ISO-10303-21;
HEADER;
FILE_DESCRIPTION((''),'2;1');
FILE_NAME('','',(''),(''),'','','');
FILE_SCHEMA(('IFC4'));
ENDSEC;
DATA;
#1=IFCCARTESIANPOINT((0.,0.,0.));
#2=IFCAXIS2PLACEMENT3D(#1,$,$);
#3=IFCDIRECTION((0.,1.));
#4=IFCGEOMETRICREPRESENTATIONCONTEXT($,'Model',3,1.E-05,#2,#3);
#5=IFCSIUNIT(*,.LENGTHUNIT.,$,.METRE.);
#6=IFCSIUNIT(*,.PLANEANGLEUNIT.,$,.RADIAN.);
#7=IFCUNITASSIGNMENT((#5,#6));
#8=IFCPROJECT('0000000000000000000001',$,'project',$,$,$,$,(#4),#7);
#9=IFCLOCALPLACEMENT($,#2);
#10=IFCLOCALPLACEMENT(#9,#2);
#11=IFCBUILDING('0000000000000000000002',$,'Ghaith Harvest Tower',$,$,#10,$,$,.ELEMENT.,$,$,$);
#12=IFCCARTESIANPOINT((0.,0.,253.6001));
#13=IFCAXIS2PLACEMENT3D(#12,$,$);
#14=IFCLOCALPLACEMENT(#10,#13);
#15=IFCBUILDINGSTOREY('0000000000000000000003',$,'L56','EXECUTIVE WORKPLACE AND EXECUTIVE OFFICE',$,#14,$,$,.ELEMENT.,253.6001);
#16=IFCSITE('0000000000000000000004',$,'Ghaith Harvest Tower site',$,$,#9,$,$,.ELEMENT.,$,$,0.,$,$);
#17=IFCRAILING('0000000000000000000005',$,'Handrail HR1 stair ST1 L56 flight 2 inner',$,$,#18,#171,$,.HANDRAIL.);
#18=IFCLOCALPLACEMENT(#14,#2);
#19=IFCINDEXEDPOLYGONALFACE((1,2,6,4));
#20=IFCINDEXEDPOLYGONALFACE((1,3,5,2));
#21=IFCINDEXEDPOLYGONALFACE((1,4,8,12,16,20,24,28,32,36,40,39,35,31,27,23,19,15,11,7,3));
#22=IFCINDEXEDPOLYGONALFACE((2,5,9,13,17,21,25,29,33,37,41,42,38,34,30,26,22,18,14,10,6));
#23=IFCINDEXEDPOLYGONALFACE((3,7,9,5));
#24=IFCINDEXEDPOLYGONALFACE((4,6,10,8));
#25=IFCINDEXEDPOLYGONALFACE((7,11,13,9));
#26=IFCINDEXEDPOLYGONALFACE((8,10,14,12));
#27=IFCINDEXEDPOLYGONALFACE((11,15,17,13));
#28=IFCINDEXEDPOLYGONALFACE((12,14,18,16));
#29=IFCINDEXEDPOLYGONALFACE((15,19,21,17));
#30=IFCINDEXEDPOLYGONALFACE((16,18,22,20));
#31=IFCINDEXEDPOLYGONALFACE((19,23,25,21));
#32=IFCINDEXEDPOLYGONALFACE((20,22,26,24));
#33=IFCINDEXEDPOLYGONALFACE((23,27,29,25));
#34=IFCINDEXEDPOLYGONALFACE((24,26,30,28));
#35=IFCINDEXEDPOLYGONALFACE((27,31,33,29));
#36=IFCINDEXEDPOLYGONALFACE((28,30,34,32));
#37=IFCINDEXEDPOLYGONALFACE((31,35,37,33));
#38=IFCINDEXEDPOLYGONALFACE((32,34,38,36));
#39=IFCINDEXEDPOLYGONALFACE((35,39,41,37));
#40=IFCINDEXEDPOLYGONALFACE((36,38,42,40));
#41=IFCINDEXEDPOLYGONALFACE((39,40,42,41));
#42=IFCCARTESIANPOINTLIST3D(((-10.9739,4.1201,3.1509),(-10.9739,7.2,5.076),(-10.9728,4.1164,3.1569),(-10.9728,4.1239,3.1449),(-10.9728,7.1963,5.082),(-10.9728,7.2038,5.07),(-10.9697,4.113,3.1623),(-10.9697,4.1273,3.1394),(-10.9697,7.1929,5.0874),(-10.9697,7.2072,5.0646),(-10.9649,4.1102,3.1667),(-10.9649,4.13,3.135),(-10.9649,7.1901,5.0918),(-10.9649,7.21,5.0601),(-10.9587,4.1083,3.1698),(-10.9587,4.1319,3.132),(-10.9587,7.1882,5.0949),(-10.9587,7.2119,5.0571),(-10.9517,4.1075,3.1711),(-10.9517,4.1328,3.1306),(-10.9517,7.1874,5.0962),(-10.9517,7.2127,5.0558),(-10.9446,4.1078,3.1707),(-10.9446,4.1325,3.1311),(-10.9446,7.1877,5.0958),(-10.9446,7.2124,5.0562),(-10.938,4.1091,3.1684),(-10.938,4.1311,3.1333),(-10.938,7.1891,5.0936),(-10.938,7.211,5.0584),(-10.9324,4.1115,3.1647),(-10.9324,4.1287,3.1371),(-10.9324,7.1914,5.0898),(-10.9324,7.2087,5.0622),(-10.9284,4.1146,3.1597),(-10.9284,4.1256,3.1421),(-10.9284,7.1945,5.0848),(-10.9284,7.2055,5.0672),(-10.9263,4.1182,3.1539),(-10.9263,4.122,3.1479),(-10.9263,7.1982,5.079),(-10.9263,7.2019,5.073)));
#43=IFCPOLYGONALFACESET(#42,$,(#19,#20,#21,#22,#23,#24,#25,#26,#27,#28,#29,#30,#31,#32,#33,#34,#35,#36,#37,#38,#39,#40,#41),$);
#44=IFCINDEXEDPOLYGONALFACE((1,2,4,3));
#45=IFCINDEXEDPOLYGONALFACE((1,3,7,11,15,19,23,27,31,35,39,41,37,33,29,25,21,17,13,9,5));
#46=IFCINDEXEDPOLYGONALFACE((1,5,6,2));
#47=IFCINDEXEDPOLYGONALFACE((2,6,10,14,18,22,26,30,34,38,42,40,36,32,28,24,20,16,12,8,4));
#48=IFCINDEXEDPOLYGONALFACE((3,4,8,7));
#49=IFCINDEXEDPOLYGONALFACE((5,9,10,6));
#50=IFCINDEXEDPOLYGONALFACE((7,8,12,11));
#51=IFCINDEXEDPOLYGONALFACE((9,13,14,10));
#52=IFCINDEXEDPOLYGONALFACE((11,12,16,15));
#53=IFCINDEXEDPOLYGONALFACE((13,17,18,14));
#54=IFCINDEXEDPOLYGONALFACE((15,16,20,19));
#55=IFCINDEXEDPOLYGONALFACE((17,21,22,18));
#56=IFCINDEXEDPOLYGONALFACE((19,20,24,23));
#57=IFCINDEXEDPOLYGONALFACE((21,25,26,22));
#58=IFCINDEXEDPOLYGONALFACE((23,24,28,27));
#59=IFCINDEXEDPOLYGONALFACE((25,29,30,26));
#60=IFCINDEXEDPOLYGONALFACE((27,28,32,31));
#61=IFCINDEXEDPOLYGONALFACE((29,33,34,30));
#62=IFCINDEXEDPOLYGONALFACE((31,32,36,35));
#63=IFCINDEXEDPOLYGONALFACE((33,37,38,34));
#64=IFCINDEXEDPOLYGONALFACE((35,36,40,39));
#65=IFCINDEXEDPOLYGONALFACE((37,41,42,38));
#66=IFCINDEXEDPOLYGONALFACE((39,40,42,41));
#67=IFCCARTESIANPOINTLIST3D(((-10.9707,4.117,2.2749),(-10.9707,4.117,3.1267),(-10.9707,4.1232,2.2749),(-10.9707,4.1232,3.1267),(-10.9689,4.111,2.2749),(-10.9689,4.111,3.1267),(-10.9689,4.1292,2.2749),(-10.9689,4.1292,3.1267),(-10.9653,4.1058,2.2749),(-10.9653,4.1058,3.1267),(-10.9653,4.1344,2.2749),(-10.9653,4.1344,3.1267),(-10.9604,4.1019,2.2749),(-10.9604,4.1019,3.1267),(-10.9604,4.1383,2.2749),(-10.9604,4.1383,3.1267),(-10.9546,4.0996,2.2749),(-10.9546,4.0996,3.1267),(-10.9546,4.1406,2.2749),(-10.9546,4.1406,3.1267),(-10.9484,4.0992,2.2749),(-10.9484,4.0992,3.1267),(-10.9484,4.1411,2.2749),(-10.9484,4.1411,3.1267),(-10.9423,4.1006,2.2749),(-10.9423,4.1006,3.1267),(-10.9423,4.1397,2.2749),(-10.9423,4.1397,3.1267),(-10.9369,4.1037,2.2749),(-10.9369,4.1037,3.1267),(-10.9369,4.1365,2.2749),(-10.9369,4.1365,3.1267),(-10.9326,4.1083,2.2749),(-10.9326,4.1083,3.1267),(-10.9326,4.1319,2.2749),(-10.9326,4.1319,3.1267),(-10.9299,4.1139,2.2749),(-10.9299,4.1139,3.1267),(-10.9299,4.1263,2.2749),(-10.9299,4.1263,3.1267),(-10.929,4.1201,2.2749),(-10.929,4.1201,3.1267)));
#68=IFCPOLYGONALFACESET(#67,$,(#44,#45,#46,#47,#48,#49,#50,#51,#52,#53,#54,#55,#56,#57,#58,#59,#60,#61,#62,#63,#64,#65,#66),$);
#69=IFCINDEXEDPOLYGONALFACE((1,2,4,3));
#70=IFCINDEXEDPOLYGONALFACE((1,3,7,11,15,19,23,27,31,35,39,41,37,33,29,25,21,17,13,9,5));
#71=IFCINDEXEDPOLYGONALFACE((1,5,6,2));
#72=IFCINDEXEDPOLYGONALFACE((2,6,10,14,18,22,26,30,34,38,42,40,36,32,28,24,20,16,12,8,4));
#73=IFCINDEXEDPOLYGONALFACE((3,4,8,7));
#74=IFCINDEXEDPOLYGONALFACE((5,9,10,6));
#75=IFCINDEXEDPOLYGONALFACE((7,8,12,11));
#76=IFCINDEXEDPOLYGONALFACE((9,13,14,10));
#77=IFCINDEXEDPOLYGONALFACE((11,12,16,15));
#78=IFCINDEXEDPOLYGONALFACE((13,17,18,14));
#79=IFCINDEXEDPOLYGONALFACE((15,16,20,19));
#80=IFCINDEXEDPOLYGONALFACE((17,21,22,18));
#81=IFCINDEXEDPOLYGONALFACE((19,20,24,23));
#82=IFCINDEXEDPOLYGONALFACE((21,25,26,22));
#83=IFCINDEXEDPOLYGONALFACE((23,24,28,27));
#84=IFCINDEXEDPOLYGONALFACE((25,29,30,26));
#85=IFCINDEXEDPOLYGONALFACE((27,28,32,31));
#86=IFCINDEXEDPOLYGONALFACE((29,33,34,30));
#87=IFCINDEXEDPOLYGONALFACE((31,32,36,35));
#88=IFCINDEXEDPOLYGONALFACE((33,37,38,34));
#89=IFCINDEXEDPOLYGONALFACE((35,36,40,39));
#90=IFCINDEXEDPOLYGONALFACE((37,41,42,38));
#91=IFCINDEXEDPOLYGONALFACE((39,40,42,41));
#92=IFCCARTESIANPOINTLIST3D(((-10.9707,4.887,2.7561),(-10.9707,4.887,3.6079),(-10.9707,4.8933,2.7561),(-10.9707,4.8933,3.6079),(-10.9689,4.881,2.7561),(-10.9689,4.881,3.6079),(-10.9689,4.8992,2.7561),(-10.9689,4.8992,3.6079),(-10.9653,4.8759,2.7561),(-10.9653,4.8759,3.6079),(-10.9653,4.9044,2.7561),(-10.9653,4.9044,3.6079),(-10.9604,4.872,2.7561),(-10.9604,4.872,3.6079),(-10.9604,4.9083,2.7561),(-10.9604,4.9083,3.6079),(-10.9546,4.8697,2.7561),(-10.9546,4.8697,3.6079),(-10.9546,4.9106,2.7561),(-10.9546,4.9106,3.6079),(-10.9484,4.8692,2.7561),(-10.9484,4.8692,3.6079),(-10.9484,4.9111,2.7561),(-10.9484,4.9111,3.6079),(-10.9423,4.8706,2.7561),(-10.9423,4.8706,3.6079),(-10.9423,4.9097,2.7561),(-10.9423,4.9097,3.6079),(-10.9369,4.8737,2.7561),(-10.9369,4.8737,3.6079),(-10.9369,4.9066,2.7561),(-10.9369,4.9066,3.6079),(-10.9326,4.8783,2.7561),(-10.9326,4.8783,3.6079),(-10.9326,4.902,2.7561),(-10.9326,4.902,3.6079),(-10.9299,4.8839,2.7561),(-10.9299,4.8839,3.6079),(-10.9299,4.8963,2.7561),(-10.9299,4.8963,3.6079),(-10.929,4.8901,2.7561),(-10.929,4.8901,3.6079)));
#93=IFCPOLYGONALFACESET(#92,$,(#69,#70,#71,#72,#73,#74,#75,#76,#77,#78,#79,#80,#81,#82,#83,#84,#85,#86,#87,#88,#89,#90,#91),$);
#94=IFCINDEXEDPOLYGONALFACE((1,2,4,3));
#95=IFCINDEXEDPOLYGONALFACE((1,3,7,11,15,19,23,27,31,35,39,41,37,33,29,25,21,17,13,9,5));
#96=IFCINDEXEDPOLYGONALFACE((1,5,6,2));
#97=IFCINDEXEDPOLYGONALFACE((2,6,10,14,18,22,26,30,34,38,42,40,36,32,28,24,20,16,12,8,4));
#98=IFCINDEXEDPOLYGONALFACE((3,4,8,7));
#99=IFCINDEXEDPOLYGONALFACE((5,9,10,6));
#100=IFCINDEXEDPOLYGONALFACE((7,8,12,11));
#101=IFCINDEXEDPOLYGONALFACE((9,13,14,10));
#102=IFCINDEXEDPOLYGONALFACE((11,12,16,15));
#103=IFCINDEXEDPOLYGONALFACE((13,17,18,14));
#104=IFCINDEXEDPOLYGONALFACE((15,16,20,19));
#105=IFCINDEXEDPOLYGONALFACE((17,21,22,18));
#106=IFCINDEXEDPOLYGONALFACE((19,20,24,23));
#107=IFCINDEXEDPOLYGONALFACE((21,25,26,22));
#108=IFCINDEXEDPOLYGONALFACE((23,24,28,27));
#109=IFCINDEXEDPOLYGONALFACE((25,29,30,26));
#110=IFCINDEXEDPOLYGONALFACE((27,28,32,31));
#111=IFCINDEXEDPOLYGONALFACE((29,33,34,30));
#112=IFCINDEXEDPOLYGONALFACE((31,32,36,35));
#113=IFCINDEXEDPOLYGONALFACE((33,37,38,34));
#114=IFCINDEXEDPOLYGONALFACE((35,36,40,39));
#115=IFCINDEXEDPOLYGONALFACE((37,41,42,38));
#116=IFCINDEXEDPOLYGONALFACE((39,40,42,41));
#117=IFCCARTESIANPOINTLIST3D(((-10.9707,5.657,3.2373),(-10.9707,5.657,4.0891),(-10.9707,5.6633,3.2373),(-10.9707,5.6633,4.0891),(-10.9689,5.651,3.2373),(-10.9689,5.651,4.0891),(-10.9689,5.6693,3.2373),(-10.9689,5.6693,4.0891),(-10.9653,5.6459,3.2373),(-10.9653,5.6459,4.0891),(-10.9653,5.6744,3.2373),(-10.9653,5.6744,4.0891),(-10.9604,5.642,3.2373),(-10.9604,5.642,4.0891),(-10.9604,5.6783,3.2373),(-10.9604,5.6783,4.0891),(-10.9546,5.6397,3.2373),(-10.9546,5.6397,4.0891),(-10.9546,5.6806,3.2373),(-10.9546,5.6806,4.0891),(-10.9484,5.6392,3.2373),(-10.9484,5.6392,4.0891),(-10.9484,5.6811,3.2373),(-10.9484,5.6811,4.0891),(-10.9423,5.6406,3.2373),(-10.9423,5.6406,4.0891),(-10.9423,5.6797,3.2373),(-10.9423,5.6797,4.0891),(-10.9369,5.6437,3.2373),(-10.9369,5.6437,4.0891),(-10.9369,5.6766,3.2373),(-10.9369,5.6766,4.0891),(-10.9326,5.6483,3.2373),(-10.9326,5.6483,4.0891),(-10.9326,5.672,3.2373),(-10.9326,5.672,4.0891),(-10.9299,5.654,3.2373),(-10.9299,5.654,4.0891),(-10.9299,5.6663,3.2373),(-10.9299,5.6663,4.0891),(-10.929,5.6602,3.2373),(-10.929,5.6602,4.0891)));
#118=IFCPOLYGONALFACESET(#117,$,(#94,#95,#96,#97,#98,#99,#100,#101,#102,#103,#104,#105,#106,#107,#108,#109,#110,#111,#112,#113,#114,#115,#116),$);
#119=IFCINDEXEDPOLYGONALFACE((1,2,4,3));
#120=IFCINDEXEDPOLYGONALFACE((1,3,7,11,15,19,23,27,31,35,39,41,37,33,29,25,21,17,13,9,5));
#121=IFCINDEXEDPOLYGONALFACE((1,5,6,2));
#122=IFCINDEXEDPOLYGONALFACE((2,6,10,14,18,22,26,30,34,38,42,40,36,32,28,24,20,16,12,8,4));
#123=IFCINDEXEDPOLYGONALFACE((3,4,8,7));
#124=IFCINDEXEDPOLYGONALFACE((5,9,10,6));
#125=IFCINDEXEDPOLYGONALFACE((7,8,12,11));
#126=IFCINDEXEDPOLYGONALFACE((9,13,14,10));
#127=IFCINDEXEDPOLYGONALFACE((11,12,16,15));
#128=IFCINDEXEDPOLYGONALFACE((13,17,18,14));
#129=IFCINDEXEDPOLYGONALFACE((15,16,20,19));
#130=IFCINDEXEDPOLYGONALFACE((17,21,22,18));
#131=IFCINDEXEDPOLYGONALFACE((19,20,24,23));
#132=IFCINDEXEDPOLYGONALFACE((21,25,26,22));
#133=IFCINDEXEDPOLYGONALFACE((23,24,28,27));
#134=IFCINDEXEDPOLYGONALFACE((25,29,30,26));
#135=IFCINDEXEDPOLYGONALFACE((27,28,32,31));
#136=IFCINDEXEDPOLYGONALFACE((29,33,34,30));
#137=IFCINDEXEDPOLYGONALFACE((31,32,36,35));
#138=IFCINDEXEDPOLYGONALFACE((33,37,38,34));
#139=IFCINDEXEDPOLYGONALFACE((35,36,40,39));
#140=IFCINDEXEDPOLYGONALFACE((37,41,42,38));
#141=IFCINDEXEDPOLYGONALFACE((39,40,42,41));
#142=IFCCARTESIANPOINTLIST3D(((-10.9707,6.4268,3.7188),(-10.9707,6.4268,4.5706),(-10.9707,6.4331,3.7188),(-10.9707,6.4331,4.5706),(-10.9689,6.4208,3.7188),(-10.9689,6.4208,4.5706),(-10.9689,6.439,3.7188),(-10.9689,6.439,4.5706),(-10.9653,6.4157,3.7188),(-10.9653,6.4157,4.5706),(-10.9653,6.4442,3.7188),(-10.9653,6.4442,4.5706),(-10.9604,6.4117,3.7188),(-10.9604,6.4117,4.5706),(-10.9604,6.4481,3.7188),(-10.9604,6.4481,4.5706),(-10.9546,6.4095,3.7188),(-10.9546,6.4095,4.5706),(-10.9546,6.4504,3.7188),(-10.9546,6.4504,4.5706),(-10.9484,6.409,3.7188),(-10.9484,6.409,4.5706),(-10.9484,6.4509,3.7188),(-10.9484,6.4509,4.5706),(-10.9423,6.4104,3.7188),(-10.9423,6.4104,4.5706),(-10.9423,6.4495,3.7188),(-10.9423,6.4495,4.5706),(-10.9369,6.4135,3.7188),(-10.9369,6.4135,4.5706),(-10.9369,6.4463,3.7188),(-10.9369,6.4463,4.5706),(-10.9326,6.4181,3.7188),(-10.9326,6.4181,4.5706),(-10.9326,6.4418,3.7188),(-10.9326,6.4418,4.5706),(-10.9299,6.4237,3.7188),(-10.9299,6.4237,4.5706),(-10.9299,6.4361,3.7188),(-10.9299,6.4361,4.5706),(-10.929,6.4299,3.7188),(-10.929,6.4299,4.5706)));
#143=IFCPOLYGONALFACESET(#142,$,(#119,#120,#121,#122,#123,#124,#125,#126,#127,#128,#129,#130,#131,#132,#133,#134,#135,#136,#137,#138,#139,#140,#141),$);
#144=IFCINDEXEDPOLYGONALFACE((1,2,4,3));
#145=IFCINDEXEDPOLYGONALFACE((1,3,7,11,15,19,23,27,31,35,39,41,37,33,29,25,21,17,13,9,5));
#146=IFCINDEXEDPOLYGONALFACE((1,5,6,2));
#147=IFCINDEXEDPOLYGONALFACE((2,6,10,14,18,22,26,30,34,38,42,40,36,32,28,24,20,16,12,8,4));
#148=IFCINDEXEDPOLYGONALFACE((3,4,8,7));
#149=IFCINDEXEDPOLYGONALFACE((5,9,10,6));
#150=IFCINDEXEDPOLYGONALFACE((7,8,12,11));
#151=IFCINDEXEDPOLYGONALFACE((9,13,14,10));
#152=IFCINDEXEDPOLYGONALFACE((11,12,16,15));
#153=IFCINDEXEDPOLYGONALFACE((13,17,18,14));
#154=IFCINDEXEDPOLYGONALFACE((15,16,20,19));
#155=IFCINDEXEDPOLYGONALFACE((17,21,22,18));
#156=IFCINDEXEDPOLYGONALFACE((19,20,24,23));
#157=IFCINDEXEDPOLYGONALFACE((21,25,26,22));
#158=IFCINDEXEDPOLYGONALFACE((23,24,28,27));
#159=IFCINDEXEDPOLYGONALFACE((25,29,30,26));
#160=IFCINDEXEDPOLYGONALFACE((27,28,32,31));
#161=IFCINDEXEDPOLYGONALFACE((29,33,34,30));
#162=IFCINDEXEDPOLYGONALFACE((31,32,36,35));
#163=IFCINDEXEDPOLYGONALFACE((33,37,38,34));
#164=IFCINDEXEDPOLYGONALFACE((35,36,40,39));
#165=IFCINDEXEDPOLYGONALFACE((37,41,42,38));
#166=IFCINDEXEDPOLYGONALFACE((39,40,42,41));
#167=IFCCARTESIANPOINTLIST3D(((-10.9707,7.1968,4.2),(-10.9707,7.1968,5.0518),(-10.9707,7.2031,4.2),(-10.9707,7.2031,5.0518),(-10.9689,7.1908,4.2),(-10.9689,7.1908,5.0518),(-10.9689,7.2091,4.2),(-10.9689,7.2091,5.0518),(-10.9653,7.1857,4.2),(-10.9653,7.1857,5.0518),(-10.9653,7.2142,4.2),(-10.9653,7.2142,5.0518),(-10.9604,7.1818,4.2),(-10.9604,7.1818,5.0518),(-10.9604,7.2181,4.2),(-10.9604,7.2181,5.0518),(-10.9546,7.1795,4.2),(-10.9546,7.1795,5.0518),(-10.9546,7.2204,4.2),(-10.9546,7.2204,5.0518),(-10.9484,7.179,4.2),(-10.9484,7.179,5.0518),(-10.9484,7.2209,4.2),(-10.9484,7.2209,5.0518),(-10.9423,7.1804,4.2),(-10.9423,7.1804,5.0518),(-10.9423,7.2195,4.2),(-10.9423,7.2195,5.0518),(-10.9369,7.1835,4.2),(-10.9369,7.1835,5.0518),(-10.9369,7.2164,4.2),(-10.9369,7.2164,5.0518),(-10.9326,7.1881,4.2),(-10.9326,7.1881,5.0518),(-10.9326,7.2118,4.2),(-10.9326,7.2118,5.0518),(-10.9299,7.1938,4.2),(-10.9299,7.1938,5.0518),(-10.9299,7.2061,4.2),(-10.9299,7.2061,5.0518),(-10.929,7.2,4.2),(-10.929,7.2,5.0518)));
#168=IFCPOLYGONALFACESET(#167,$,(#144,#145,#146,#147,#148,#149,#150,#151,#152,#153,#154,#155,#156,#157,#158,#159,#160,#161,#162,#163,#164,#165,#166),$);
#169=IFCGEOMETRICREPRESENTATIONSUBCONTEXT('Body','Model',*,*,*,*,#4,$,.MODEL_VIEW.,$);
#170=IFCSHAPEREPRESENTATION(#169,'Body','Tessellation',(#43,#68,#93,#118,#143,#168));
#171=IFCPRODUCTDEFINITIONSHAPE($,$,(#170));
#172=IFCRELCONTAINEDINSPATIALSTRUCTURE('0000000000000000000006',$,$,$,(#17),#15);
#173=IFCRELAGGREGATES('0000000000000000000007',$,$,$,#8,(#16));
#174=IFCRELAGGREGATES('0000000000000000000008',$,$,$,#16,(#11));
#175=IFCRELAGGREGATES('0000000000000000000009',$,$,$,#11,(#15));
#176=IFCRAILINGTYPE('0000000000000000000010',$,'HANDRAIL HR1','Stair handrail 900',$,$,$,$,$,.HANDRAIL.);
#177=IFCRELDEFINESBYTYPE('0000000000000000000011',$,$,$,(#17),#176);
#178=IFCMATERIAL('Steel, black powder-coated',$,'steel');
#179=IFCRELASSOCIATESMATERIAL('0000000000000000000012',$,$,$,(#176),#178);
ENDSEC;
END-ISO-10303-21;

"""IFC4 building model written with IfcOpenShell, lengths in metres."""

from ifc_helpers import new_model, si_unit, direction, frame, origin, origin_2d, place, context, subcontext, project, spatial, circle, extrude, material, type_object, element, save


model = new_model("IFC4")

# Units and contexts
model_context = context("Model", 3, precision=1e-05, world=origin(), true_north=direction((0.0, 1.0)))
body_context = subcontext(model_context, "Body", "Model", "MODEL_VIEW")
ifc_project = project(units=[si_unit("LENGTHUNIT", "METRE"), si_unit("PLANEANGLEUNIT", "RADIAN")], contexts=[model_context])

# Site, building, storey
site_placement = place(None, origin())
site = spatial("IfcSite", under=ifc_project, at=site_placement, Name="Ghaith Harvest Tower site", CompositionType="ELEMENT", RefElevation=0.0)
building_placement = place(site_placement, origin())
building = spatial("IfcBuilding", under=site, at=building_placement, Name="Ghaith Harvest Tower", CompositionType="ELEMENT")
storey_placement = place(building_placement, frame((0.0, 0.0, 253.6001)))
storey = spatial("IfcBuildingStorey", under=building, at=storey_placement, Name="L56", Description="EXECUTIVE WORKPLACE AND EXECUTIVE OFFICE", CompositionType="ELEMENT", Elevation=253.6001)

# Railing
ifc_material_1 = material(Name="Steel, black powder-coated", Category="steel")
railing_type = type_object("IfcRailingType", Name="HANDRAIL HR1", Description="Stair handrail 900", PredefinedType="HANDRAIL", material=ifc_material_1)
railing_1_placement = place(storey_placement, frame((-10.95, 4.1201, 2.2749)))
element("IfcRailing", 1, at=railing_1_placement, inside=storey, type_object=railing_type, Name="Handrail HR1 stair ST1 L56 flight 2 inner", PredefinedType="HANDRAIL", context=body_context, shape_type="SweptSolid", body=[
    extrude(circle(Radius=0.0239, at=origin_2d()), frame((0.0, 0.0, 0.876), z_axis=(0.0, 0.847979, 0.530029), x_axis=(-1.0, 0.0, 0.0)), (0.0, 0.0, 1.0), 3.6321),
    extrude(circle(Radius=0.021, at=origin_2d()), origin(), (0.0, 0.0, 1.0), 0.8518),
    extrude(circle(Radius=0.021, at=origin_2d()), frame((0.0, 0.77, 0.4812)), (0.0, 0.0, 1.0), 0.8518),
    extrude(circle(Radius=0.021, at=origin_2d()), frame((0.0, 1.54, 0.9624)), (0.0, 0.0, 1.0), 0.8518),
    extrude(circle(Radius=0.021, at=origin_2d()), frame((0.0, 2.3098, 1.4438)), (0.0, 0.0, 1.0), 0.8518),
    extrude(circle(Radius=0.021, at=origin_2d()), frame((0.0, 3.0798, 1.925)), (0.0, 0.0, 1.0), 0.8518),
])

save(model, "model.ifc")
